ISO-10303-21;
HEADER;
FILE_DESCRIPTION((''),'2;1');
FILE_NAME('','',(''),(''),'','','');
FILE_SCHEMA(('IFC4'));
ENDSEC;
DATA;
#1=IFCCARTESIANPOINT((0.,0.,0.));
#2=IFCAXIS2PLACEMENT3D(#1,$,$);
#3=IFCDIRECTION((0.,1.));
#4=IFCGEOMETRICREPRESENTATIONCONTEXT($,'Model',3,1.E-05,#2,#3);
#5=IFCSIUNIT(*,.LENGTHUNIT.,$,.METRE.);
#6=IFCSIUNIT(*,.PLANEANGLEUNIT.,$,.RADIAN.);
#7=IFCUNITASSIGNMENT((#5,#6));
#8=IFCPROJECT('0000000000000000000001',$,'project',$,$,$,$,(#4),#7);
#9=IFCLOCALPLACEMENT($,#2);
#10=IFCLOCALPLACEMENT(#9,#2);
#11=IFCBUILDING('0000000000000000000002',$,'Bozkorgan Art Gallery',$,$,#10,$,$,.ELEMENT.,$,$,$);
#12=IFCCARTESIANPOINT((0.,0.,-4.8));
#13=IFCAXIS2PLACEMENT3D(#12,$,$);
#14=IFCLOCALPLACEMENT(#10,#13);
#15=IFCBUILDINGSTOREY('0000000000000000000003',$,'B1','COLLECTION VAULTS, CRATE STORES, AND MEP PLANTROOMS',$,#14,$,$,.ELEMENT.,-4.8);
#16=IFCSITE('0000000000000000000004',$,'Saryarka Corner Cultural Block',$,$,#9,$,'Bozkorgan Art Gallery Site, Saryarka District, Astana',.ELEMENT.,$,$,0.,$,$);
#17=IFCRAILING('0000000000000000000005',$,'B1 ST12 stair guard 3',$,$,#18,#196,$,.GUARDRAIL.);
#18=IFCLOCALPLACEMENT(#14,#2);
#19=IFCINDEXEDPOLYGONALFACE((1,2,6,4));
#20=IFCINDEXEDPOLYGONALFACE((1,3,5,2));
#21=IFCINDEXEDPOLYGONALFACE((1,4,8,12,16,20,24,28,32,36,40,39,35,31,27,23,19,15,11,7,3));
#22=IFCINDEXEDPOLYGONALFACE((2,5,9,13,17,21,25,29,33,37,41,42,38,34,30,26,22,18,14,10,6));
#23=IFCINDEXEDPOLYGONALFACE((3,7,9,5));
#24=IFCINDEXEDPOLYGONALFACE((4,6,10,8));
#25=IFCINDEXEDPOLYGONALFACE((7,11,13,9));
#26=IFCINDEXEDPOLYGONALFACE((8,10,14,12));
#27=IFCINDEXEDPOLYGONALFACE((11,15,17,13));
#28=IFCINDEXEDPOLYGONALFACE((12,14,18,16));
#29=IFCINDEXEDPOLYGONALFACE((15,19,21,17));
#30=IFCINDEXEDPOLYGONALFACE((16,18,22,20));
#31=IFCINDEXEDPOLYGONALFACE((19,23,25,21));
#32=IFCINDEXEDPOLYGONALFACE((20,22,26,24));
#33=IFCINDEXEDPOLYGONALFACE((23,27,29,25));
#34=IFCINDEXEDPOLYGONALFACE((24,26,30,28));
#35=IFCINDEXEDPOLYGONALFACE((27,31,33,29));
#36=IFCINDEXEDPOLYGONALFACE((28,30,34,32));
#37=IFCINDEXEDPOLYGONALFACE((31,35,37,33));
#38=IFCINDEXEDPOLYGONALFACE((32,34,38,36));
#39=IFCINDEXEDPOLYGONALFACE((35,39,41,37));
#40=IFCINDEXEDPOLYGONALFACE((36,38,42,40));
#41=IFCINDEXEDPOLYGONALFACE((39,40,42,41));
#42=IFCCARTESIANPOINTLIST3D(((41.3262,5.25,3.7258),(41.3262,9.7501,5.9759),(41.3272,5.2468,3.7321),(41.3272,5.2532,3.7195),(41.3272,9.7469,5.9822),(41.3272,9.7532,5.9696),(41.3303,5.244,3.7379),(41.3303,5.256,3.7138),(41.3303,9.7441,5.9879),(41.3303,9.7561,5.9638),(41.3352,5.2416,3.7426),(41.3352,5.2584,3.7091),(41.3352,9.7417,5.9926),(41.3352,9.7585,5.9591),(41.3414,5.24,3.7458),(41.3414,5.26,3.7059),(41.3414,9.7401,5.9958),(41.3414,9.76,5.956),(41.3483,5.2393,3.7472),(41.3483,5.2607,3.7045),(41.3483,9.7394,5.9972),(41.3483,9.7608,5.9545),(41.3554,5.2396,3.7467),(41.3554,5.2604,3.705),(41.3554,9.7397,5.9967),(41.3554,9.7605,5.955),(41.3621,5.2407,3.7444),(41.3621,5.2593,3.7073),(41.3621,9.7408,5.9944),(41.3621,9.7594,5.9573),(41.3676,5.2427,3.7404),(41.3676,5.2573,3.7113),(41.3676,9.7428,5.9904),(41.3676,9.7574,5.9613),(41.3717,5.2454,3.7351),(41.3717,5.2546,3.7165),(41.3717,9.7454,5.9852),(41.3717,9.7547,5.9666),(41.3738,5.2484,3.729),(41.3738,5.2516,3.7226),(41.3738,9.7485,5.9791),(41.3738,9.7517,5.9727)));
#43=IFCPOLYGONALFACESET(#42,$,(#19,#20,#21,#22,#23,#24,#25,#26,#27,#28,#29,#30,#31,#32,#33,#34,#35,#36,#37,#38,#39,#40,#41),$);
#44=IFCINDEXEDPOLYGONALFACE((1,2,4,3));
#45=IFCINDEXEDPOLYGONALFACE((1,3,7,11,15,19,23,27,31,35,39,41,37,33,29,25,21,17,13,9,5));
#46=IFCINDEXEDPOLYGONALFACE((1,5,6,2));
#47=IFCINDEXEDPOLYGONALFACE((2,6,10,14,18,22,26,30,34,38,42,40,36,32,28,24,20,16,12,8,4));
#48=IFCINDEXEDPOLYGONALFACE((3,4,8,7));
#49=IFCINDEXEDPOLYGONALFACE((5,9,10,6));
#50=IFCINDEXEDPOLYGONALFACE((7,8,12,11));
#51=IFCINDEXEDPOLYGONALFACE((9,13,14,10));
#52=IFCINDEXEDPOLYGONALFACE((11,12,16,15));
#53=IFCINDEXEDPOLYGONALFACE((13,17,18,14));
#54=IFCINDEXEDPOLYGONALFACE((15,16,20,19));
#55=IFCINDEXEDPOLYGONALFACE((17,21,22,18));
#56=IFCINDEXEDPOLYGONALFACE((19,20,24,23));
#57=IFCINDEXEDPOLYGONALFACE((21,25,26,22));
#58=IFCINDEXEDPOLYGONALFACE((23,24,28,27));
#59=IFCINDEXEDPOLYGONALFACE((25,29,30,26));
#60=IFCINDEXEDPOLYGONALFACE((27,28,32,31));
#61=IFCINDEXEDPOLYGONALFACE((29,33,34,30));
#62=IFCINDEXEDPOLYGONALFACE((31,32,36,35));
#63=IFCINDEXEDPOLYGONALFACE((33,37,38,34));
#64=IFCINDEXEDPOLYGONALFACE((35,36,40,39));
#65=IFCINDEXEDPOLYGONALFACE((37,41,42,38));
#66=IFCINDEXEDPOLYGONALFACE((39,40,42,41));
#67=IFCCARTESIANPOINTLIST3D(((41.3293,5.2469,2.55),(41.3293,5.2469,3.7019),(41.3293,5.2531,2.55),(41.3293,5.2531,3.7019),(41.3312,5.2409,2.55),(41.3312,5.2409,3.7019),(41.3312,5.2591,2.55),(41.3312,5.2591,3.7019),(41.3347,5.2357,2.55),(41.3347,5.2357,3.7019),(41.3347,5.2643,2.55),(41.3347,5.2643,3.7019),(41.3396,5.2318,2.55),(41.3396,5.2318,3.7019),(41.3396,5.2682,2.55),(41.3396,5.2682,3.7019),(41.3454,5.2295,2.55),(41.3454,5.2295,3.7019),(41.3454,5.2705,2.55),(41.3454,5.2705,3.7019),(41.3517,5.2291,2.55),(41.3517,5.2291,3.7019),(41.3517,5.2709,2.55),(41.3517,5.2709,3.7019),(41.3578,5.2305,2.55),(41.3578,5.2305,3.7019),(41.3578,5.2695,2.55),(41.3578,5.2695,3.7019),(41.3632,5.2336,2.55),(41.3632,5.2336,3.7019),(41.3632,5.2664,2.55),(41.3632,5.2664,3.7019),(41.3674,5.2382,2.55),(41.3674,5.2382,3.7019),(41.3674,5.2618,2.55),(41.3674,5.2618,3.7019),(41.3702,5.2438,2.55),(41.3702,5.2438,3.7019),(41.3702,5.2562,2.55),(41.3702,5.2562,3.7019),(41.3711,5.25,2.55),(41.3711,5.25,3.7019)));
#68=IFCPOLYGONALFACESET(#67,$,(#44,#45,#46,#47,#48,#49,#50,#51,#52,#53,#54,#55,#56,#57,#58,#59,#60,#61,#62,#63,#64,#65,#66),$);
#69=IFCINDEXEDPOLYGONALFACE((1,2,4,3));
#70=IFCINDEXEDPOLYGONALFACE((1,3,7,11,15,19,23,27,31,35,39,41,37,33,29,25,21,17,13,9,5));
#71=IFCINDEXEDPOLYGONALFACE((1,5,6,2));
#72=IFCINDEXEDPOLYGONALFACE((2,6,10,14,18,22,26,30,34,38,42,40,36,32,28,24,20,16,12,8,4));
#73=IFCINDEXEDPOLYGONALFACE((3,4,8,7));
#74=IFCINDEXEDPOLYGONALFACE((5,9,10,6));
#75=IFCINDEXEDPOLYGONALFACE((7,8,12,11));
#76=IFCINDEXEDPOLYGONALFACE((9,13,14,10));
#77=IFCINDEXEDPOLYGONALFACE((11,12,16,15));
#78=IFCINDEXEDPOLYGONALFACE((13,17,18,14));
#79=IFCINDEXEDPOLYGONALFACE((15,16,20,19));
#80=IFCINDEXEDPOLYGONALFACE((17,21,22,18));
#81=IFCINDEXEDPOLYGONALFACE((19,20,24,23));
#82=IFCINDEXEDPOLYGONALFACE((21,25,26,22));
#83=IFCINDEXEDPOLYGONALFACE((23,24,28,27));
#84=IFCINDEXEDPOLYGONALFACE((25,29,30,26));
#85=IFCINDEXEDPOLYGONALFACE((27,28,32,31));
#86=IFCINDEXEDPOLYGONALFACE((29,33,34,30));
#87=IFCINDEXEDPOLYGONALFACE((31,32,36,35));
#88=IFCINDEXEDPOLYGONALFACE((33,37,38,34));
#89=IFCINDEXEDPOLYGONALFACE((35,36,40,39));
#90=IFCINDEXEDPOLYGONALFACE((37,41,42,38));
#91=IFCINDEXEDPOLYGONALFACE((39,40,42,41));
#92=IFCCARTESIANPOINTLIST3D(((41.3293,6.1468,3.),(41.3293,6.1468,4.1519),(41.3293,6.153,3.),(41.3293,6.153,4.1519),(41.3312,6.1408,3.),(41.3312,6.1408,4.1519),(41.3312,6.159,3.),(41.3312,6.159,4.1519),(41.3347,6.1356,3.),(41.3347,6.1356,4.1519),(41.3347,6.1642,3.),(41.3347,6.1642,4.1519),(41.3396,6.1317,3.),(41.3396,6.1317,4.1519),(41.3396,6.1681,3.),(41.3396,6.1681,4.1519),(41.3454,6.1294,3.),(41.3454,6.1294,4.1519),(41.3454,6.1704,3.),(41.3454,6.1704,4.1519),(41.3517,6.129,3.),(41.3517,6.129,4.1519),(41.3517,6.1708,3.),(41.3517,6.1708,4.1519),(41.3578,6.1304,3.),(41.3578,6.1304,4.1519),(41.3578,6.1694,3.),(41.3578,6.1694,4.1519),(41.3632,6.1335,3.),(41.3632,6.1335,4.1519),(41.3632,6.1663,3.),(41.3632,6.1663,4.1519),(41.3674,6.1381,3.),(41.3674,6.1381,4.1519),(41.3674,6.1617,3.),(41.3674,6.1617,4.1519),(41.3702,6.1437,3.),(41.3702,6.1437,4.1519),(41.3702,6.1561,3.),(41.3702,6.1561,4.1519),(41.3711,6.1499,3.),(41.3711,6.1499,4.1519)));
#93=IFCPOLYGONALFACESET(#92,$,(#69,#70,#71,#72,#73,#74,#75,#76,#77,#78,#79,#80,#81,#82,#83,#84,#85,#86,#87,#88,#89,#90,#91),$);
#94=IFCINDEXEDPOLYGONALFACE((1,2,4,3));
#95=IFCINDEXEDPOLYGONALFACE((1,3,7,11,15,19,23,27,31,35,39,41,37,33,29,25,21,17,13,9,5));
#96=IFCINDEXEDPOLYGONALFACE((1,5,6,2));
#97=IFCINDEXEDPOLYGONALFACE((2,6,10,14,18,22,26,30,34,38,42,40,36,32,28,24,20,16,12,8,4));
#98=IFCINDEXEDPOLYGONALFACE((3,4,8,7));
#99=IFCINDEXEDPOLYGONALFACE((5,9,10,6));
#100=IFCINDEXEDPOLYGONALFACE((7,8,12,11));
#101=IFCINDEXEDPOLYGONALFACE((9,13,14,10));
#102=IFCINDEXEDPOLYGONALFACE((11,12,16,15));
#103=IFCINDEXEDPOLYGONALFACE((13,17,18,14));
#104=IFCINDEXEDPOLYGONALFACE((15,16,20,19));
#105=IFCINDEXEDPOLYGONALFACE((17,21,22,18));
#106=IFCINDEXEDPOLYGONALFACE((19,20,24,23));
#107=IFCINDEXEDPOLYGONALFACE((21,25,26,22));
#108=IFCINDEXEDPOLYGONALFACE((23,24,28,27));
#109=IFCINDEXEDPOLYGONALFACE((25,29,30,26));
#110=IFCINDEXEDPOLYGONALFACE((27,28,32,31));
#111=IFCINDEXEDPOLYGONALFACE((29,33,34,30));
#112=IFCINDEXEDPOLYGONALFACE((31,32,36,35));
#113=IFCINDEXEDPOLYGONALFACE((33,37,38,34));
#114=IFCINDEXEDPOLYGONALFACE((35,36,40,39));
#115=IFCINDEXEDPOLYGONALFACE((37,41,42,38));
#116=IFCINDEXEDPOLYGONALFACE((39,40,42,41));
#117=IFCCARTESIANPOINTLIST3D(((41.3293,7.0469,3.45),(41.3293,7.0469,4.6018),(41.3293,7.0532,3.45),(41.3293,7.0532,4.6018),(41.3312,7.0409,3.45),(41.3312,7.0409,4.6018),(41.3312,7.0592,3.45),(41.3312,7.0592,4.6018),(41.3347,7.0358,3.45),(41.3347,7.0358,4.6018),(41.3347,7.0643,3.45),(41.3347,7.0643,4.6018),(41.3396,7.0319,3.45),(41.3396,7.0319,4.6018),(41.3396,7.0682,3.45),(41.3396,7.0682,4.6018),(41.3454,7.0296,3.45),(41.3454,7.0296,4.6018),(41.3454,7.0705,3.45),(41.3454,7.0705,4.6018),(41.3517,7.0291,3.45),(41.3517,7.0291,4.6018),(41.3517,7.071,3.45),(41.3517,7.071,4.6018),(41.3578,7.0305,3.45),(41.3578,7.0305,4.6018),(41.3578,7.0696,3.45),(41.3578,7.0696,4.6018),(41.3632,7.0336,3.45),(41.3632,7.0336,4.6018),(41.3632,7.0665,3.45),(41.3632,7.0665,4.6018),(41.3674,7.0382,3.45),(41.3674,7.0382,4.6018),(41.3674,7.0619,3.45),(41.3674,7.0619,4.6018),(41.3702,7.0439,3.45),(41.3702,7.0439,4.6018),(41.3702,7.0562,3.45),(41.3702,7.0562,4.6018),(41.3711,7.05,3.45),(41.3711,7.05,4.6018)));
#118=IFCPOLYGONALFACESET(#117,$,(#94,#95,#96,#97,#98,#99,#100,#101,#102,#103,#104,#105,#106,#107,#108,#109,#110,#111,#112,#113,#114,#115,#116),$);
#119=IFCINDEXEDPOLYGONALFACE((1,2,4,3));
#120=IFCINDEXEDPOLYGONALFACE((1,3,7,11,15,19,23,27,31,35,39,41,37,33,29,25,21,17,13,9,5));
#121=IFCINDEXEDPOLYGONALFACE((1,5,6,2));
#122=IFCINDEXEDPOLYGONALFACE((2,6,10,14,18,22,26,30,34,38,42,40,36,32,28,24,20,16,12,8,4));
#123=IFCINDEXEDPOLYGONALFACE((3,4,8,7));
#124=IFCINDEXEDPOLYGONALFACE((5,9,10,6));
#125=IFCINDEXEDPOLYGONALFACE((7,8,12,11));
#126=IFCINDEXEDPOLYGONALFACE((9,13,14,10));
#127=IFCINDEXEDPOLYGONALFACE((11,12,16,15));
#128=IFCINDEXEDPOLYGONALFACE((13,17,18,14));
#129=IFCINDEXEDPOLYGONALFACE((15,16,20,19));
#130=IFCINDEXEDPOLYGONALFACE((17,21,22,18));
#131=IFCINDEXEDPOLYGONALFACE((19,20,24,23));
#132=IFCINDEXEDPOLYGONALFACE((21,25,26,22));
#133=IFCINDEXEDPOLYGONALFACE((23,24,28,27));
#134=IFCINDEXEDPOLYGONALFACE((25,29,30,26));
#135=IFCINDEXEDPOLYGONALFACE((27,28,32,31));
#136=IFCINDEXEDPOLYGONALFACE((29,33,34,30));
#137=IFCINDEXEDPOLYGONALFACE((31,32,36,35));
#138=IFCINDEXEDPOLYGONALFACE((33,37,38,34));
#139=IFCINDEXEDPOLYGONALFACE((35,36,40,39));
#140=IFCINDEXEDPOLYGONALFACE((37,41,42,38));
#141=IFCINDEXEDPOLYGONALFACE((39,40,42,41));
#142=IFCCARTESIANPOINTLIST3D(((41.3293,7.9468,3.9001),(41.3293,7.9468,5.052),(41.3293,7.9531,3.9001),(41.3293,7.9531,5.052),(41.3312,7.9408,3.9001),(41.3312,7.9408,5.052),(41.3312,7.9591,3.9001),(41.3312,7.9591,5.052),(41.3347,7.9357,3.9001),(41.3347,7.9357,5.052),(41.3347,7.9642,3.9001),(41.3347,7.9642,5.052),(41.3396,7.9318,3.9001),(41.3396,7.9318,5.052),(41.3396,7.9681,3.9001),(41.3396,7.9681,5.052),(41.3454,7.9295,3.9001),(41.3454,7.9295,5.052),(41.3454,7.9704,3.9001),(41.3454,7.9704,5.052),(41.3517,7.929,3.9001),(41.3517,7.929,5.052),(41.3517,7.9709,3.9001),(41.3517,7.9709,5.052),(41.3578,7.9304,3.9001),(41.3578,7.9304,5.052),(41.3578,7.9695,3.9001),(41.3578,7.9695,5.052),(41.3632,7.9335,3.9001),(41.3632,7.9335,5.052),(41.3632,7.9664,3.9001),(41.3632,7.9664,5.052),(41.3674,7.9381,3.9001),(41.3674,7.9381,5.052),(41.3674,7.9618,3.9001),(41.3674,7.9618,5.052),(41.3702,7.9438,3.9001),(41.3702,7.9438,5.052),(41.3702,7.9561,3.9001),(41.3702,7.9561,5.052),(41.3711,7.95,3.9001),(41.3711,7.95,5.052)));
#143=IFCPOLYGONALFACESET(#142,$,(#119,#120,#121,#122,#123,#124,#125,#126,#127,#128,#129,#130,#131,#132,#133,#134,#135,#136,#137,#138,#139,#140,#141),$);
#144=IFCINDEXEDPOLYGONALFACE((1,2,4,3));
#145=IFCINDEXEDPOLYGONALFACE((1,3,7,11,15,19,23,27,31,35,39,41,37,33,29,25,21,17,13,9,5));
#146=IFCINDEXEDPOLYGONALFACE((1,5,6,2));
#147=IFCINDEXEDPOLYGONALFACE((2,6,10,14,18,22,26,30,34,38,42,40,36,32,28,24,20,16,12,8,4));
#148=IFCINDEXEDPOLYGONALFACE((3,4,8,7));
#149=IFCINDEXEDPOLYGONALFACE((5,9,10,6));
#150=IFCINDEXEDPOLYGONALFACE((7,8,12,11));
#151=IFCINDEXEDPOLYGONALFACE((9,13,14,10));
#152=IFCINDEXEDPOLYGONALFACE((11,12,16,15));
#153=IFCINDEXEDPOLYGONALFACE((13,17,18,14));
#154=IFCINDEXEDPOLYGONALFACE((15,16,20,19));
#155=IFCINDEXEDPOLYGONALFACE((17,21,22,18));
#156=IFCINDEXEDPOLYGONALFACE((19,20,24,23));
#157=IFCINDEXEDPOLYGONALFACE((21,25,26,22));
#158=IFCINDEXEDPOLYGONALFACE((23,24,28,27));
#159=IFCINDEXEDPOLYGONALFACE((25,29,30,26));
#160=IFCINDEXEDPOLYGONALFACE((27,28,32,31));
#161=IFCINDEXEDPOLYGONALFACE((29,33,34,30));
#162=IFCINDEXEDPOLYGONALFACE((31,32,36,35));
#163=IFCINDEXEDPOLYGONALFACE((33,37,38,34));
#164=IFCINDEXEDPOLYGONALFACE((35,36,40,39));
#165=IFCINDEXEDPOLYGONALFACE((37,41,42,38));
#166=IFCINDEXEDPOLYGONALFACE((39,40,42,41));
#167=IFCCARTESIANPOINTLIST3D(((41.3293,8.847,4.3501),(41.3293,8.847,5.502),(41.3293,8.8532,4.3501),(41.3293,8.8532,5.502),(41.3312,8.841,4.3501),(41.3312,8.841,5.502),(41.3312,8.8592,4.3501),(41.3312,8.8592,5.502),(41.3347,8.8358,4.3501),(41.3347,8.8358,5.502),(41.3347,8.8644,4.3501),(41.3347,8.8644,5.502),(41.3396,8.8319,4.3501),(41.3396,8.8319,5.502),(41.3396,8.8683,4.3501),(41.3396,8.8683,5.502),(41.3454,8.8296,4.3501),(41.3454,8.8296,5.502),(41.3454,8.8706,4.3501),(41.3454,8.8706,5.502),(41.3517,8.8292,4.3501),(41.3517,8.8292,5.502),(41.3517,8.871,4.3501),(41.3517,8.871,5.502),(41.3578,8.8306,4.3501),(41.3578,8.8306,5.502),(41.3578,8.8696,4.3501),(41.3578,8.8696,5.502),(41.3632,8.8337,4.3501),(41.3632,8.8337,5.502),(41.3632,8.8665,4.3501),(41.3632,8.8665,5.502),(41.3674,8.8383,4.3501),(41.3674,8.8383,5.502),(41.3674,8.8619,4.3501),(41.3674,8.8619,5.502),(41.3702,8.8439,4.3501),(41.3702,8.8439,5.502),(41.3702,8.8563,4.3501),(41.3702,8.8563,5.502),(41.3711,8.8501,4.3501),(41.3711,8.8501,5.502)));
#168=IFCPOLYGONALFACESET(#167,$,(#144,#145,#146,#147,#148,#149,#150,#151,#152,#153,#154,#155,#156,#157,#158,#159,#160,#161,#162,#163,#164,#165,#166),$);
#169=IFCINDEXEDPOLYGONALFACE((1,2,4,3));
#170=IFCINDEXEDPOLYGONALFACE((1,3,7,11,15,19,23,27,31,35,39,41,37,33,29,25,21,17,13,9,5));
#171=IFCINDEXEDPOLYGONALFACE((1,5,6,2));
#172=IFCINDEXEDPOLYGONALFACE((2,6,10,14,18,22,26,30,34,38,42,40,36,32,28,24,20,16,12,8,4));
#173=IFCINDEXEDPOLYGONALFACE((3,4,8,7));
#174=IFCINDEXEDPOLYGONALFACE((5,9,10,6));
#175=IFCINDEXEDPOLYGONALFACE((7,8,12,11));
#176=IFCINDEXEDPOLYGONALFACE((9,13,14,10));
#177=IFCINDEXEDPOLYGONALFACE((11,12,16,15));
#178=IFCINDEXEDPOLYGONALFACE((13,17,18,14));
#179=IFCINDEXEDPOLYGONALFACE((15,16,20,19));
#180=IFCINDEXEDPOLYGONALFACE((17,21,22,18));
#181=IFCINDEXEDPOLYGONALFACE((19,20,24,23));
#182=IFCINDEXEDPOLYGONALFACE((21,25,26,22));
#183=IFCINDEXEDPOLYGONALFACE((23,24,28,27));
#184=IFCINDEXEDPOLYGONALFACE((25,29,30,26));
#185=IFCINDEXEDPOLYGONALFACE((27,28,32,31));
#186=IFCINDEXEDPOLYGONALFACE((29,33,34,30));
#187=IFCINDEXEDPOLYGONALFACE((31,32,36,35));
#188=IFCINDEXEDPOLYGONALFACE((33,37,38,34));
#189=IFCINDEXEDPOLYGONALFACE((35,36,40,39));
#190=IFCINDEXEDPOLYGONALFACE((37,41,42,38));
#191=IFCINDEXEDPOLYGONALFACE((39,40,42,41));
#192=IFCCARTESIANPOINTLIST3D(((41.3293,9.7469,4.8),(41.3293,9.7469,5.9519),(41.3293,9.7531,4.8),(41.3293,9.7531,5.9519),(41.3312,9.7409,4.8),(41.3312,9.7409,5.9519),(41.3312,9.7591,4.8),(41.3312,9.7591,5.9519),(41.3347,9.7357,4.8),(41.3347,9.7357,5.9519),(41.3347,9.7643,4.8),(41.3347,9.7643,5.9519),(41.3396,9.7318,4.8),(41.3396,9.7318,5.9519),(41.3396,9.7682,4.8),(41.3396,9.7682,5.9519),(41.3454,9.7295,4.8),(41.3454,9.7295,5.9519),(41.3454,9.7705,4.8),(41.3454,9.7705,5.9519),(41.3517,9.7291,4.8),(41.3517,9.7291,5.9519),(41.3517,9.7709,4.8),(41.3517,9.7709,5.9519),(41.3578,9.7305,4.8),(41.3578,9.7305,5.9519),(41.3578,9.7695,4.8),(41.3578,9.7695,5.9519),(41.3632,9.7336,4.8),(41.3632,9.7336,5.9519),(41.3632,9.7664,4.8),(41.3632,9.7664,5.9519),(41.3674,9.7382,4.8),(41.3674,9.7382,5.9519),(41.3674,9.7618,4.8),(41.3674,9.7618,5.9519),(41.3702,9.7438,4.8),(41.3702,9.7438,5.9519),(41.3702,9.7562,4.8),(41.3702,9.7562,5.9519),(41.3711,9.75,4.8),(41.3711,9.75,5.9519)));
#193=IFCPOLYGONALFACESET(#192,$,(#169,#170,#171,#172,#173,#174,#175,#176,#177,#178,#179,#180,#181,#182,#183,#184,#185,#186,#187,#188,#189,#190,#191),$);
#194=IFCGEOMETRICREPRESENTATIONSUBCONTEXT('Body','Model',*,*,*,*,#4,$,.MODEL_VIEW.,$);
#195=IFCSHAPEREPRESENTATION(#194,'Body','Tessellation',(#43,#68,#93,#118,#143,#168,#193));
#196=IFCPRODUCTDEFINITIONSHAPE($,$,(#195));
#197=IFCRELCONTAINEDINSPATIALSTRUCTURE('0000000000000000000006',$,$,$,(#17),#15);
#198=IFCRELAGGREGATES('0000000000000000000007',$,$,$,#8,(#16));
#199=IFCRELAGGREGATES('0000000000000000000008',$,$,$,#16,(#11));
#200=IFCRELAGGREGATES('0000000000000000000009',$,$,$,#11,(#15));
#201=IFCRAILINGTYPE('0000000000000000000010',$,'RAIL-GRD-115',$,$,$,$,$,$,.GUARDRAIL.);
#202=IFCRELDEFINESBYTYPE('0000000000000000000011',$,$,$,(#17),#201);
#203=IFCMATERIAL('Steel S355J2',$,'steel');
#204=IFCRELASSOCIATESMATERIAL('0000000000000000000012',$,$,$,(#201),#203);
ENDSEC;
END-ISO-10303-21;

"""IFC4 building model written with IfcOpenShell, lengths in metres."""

from ifc_helpers import new_model, si_unit, direction, frame, origin, origin_2d, place, context, subcontext, project, spatial, circle, extrude, material, type_object, element, save


model = new_model("IFC4")

# Units and contexts
model_context = context("Model", 3, precision=1e-05, world=origin(), true_north=direction((0.0, 1.0)))
body_context = subcontext(model_context, "Body", "Model", "MODEL_VIEW")
ifc_project = project(units=[si_unit("LENGTHUNIT", "METRE"), si_unit("PLANEANGLEUNIT", "RADIAN")], contexts=[model_context])

# Site, building, storey
site_placement = place(None, origin())
site = spatial("IfcSite", under=ifc_project, at=site_placement, Name="Saryarka Corner Cultural Block", LongName="Bozkorgan Art Gallery Site, Saryarka District, Astana", CompositionType="ELEMENT", RefElevation=0.0)
building_placement = place(site_placement, origin())
building = spatial("IfcBuilding", under=site, at=building_placement, Name="Bozkorgan Art Gallery", CompositionType="ELEMENT")
storey_placement = place(building_placement, frame((0.0, 0.0, -4.8)))
storey = spatial("IfcBuildingStorey", under=building, at=storey_placement, Name="B1", Description="COLLECTION VAULTS, CRATE STORES, AND MEP PLANTROOMS", CompositionType="ELEMENT", Elevation=-4.8)

# Shared definitions
ifc_material_1 = material(Name="Steel S355J2", Category="steel")

# Railing
railing_type_1 = type_object("IfcRailingType", Name="RAIL-GRD-115", PredefinedType="GUARDRAIL", material=ifc_material_1)
railing_1_placement = place(storey_placement, frame((41.3501, 5.25, 2.55)))
element("IfcRailing", 1, at=railing_1_placement, inside=storey, type_object=railing_type_1, Name="B1 ST12 stair guard 3", PredefinedType="GUARDRAIL", context=body_context, shape_type="SweptSolid", body=[
    extrude(circle(Radius=0.0239, at=origin_2d()), frame((0.0, 0.0, 1.1758), z_axis=(0.0, 0.894427, 0.447214), x_axis=(-1.0, 0.0, 0.0)), (0.0, 0.0, 1.0), 5.0312),
    extrude(circle(Radius=0.021, at=origin_2d()), origin(), (0.0, 0.0, 1.0), 1.1519),
    extrude(circle(Radius=0.021, at=origin_2d()), frame((0.0, 0.8999, 0.45)), (0.0, 0.0, 1.0), 1.1519),
    extrude(circle(Radius=0.021, at=origin_2d()), frame((0.0, 1.8, 0.8999)), (0.0, 0.0, 1.0), 1.1519),
    extrude(circle(Radius=0.021, at=origin_2d()), frame((0.0, 2.7, 1.3501)), (0.0, 0.0, 1.0), 1.1519),
    extrude(circle(Radius=0.021, at=origin_2d()), frame((0.0, 3.6001, 1.8)), (0.0, 0.0, 1.0), 1.1519),
    extrude(circle(Radius=0.021, at=origin_2d()), frame((0.0, 4.5, 2.25)), (0.0, 0.0, 1.0), 1.1519),
])

save(model, "model.ifc")
